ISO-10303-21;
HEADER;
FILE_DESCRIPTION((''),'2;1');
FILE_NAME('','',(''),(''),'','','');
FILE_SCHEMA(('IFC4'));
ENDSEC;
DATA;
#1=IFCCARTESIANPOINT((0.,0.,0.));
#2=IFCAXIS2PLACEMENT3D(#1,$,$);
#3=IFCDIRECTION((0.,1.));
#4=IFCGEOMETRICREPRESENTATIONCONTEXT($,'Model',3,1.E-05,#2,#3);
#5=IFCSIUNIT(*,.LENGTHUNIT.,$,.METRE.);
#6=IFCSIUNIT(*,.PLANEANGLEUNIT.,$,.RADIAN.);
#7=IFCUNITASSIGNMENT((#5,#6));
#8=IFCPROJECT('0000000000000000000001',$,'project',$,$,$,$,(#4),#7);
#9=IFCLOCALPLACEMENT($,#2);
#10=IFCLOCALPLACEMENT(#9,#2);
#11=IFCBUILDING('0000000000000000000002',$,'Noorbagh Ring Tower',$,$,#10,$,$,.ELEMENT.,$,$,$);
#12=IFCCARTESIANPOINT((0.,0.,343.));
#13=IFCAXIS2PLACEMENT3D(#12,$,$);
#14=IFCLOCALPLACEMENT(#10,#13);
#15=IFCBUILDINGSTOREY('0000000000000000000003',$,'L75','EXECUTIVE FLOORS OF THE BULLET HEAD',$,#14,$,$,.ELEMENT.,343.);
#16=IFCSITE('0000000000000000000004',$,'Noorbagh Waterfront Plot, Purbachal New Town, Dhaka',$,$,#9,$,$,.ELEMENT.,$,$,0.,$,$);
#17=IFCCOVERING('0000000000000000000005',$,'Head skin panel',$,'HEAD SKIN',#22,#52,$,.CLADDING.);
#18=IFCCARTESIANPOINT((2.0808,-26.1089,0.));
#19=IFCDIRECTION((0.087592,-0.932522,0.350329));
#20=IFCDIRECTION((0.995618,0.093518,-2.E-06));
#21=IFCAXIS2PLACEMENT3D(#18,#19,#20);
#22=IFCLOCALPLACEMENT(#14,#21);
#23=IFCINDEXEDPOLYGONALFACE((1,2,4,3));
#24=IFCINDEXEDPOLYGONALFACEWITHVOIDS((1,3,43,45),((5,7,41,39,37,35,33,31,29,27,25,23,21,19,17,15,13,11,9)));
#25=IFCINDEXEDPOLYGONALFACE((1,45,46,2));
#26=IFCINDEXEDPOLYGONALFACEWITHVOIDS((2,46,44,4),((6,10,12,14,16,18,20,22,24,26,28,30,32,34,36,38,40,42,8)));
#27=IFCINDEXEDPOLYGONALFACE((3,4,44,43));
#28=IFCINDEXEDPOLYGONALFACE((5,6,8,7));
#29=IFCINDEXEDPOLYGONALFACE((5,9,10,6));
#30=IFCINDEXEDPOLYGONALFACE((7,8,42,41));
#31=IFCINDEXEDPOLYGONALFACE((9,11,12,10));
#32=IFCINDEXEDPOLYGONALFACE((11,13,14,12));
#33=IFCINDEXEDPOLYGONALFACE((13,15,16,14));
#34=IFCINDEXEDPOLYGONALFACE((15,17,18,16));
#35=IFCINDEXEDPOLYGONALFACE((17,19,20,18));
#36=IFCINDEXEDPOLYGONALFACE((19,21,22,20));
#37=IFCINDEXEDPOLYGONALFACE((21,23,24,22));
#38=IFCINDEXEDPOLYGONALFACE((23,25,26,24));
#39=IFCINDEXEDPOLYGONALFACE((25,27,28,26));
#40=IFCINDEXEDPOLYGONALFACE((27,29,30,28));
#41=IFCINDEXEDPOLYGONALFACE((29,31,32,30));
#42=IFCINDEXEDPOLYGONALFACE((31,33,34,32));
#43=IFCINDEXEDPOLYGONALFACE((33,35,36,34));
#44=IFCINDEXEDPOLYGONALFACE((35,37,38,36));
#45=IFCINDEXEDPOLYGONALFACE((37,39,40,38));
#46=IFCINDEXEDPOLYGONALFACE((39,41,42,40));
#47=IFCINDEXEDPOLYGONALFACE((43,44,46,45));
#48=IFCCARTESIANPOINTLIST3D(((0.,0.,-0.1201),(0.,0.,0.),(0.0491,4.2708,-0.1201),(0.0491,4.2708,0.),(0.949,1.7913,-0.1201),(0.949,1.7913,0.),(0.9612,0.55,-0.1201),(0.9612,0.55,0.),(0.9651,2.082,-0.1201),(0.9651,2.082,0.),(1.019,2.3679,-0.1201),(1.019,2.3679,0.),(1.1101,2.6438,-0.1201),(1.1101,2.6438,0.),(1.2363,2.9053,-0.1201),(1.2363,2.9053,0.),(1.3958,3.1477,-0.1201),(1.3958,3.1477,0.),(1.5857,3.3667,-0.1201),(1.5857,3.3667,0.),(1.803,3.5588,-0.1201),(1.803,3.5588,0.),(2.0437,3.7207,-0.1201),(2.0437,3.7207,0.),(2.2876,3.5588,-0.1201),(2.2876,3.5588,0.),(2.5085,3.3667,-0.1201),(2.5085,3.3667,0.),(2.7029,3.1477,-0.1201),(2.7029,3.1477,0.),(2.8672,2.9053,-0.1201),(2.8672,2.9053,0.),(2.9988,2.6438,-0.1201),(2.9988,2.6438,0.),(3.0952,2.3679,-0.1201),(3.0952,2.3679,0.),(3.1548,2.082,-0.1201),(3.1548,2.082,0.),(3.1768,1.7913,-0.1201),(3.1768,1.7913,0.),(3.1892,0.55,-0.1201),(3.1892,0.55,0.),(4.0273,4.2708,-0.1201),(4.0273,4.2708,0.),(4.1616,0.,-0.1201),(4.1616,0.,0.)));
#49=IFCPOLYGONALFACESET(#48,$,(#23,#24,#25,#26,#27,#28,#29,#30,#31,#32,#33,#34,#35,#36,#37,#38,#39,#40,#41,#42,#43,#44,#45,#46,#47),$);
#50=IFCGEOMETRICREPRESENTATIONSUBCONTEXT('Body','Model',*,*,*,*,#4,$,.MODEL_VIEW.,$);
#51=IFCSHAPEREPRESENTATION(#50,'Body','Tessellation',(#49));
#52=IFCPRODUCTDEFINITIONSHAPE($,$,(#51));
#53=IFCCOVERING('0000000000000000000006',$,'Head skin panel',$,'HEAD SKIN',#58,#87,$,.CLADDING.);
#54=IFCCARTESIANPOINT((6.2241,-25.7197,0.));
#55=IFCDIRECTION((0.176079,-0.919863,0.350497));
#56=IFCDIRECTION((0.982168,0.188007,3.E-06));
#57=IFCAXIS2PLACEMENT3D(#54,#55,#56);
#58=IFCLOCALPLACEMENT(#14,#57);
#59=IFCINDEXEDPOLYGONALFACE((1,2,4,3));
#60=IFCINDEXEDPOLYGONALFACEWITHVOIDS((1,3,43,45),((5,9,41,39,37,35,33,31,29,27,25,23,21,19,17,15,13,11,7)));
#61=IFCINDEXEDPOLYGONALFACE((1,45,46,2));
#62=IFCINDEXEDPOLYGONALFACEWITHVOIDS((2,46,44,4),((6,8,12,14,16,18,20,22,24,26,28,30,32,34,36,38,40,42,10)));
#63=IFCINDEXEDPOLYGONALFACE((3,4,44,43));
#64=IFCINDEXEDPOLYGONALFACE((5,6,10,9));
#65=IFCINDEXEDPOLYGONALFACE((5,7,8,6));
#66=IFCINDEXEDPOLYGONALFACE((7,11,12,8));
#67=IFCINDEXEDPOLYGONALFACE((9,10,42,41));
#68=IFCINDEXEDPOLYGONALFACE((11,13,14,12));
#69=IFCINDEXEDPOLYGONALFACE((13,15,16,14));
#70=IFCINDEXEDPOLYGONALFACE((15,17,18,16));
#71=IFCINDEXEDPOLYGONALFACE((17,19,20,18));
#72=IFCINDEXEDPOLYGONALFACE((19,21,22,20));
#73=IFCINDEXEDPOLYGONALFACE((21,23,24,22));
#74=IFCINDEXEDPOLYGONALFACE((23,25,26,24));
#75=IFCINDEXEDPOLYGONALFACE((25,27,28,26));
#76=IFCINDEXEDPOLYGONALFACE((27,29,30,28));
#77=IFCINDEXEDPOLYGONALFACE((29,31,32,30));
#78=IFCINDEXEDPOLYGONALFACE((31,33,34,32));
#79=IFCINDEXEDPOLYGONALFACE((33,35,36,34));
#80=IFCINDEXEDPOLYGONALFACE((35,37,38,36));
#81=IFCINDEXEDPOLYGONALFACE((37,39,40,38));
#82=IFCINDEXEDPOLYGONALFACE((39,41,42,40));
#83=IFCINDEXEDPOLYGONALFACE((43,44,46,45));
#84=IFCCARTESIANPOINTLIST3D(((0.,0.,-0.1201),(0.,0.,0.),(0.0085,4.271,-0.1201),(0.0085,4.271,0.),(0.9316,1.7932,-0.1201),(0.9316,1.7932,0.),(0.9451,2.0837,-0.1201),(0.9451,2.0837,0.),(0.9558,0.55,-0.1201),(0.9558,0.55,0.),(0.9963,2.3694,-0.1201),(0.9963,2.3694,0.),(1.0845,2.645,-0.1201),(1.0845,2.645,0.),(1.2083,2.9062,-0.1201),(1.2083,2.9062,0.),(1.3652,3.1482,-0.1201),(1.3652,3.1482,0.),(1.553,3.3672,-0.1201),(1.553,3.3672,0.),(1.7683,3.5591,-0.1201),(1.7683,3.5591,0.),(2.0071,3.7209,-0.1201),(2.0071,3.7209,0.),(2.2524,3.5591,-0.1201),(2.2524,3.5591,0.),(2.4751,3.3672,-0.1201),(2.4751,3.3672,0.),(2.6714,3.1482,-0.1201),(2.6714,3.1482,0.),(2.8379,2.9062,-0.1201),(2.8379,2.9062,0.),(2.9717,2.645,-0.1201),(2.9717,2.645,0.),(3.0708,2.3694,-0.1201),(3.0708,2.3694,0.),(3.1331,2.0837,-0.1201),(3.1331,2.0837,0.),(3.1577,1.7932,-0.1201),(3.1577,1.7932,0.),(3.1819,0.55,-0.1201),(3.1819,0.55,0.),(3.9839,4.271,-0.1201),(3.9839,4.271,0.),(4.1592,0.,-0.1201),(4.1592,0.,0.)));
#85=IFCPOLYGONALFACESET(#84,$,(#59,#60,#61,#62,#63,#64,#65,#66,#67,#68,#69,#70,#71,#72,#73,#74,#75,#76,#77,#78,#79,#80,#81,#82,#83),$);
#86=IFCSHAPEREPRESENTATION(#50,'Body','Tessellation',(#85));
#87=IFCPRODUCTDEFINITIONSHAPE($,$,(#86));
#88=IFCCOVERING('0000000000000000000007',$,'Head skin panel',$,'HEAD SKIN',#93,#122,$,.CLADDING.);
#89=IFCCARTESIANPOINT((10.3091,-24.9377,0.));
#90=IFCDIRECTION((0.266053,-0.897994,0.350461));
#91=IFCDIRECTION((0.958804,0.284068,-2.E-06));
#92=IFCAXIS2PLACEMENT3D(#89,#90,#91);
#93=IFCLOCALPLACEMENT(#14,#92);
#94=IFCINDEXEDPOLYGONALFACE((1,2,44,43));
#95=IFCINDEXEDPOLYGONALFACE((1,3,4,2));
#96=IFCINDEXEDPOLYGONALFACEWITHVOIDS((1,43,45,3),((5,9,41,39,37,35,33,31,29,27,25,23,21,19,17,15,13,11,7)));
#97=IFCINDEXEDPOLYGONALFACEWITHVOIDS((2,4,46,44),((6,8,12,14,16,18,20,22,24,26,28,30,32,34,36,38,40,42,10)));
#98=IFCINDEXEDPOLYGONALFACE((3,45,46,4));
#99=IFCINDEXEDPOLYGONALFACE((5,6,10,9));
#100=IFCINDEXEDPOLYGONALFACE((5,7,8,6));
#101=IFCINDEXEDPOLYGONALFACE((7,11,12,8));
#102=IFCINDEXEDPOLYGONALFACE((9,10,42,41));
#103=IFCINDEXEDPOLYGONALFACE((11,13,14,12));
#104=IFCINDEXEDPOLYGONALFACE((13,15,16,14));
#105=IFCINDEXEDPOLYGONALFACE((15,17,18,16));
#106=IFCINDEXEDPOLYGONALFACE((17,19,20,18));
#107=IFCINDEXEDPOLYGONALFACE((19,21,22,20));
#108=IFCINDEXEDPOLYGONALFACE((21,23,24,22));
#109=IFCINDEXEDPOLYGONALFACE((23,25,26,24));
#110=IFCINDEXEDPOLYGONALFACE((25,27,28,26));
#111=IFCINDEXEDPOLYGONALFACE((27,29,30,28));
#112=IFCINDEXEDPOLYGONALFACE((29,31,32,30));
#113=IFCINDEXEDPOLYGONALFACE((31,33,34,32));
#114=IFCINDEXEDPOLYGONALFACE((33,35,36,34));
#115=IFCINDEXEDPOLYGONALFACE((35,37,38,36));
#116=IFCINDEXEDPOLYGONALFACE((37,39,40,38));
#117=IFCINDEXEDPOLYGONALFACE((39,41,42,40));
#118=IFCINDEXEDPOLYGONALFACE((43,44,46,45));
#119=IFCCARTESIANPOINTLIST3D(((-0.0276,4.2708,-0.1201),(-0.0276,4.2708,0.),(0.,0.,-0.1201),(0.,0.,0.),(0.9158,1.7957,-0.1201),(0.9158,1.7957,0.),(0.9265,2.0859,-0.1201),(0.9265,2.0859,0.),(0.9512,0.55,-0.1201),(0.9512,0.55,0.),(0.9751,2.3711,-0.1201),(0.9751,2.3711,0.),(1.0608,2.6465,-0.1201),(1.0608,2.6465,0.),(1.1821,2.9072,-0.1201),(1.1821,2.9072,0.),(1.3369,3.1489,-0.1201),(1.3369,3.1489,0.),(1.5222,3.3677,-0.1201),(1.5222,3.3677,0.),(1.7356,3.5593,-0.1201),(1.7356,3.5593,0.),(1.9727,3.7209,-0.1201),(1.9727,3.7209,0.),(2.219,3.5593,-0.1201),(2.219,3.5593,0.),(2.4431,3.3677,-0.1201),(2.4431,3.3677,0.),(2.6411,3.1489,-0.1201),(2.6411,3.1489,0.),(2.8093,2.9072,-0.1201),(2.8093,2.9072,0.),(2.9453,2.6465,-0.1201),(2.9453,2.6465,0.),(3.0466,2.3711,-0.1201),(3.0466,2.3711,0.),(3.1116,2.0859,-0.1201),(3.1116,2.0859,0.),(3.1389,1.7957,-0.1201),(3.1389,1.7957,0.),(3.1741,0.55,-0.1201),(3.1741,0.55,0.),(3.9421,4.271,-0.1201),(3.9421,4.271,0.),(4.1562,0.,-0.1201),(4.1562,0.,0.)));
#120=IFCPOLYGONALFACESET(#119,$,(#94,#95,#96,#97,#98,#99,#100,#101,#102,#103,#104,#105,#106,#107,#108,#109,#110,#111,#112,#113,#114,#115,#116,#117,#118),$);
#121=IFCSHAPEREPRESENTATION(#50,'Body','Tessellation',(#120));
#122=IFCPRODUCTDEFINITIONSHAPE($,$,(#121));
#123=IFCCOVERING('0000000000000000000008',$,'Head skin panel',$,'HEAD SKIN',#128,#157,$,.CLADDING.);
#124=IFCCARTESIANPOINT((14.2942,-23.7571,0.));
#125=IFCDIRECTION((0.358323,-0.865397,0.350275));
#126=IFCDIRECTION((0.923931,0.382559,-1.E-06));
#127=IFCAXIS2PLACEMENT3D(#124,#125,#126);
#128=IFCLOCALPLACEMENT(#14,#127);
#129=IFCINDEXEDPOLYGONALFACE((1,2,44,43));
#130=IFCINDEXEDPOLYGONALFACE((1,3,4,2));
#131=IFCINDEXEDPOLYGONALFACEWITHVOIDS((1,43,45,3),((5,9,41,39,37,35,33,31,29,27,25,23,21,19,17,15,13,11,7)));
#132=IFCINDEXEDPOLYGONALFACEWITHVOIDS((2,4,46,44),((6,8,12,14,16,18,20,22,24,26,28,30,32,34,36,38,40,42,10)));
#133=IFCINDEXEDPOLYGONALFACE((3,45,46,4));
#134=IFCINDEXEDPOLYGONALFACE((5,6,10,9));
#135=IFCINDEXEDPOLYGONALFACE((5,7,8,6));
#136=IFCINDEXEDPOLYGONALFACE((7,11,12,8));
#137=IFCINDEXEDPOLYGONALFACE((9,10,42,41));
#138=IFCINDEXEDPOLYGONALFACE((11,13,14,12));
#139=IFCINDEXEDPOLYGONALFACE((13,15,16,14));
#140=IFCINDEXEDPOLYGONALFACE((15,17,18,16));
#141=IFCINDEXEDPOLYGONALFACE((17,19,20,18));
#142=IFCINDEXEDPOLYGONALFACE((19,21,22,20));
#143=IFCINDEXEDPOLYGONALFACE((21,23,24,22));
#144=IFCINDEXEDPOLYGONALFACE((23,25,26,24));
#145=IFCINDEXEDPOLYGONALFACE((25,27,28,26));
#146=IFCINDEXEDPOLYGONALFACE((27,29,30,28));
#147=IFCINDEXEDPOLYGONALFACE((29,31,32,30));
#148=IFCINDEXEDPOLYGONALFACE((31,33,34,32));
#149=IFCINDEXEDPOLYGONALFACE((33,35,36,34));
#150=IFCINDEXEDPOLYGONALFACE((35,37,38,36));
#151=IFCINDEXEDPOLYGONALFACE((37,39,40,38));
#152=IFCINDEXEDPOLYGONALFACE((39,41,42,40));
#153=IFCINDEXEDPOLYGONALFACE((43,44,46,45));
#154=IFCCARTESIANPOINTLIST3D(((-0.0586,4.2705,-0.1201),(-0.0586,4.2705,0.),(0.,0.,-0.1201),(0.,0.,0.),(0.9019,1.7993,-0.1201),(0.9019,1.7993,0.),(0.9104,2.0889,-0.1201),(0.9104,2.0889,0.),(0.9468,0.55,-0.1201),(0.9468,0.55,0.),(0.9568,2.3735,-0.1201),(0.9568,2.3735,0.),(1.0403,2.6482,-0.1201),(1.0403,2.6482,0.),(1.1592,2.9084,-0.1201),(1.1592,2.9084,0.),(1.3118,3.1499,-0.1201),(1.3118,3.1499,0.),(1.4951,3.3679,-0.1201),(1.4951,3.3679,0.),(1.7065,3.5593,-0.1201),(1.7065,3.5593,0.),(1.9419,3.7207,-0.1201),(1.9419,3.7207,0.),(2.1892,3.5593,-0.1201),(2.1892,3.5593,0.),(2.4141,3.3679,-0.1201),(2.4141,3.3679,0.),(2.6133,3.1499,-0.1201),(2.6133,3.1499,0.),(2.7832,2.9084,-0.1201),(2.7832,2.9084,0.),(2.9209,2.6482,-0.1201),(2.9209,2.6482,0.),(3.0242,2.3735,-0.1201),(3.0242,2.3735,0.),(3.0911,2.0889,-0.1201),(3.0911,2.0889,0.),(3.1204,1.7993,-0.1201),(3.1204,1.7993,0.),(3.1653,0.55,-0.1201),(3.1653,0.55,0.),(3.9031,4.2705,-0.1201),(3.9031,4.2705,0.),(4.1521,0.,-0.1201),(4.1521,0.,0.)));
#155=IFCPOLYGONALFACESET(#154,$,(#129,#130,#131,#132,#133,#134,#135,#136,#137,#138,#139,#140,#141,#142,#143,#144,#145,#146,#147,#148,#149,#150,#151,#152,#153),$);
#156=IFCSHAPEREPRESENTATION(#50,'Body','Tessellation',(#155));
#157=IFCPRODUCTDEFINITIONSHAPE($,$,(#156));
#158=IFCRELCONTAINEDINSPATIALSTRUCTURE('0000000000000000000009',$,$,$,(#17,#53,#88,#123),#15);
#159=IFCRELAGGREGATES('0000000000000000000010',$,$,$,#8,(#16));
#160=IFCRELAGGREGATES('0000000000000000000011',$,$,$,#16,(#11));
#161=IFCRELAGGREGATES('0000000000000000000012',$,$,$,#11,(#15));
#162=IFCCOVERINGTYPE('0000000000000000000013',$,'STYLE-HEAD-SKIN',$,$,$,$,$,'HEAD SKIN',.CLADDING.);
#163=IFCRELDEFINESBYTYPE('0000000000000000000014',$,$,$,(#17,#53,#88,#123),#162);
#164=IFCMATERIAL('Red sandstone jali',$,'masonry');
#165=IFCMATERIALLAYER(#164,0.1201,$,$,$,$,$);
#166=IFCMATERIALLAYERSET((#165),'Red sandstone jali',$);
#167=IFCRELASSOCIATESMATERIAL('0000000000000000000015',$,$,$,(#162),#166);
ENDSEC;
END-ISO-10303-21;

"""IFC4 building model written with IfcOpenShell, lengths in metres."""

from ifc_helpers import new_model, si_unit, direction, frame, origin, place, context, subcontext, project, spatial, polyline, outline, extrude, material, layer, layer_set, type_object, element, save


model = new_model("IFC4")

# Units and contexts
model_context = context("Model", 3, precision=1e-05, world=origin(), true_north=direction((0.0, 1.0)))
body_context = subcontext(model_context, "Body", "Model", "MODEL_VIEW")
ifc_project = project(units=[si_unit("LENGTHUNIT", "METRE"), si_unit("PLANEANGLEUNIT", "RADIAN")], contexts=[model_context])

# Site, building, storey
site_placement = place(None, origin())
site = spatial("IfcSite", under=ifc_project, at=site_placement, Name="Noorbagh Waterfront Plot, Purbachal New Town, Dhaka", CompositionType="ELEMENT", RefElevation=0.0)
building_placement = place(site_placement, origin())
building = spatial("IfcBuilding", under=site, at=building_placement, Name="Noorbagh Ring Tower", CompositionType="ELEMENT")
storey_placement = place(building_placement, frame((0.0, 0.0, 343.0)))
storey = spatial("IfcBuildingStorey", under=building, at=storey_placement, Name="L75", Description="EXECUTIVE FLOORS OF THE BULLET HEAD", CompositionType="ELEMENT", Elevation=343.0)

# Coverings
ifc_material_1 = material(Name="Red sandstone jali", Category="masonry")
ifc_layer_1 = layer(ifc_material_1, 0.1201)
ifc_layer_set_1 = layer_set([ifc_layer_1], Name="Red sandstone jali")
covering_type_1 = type_object("IfcCoveringType", Name="STYLE-HEAD-SKIN", ElementType="HEAD SKIN", PredefinedType="CLADDING", material=ifc_layer_set_1)
covering_1_placement = place(storey_placement, frame((2.0808, -26.1089, 0.0), z_axis=(0.087592, -0.932522, 0.350329), x_axis=(0.995618, 0.093518, -0.000002)))
element("IfcCovering", 1, at=covering_1_placement, inside=storey, type_object=covering_type_1, Name="Head skin panel", ObjectType="HEAD SKIN", PredefinedType="CLADDING", context=body_context, shape_type="SweptSolid", body=[
    extrude(outline(polyline([(0.0, 0.0), (4.1616, 0.0), (4.0273, 4.2708), (0.0491, 4.2708), (0.0, 0.0)]), holes=[polyline([(0.9612, 0.55), (0.949, 1.7913), (0.9651, 2.082), (1.019, 2.3679), (1.1101, 2.6438), (1.2363, 2.9053), (1.3958, 3.1477), (1.5857, 3.3667), (1.803, 3.5588), (2.0437, 3.7207), (2.2876, 3.5588), (2.5085, 3.3667), (2.7029, 3.1477), (2.8672, 2.9053), (2.9988, 2.6438), (3.0952, 2.3679), (3.1548, 2.082), (3.1768, 1.7913), (3.1892, 0.55), (0.9612, 0.55)])]), origin(), (0.0, 0.0, -1.0), 0.1201),
])
covering_2_placement = place(storey_placement, frame((6.2241, -25.7197, 0.0), z_axis=(0.176079, -0.919863, 0.350497), x_axis=(0.982168, 0.188007, 0.000003)))
element("IfcCovering", 2, at=covering_2_placement, inside=storey, type_object=covering_type_1, Name="Head skin panel", ObjectType="HEAD SKIN", PredefinedType="CLADDING", context=body_context, shape_type="SweptSolid", body=[
    extrude(outline(polyline([(0.0, 0.0), (4.1592, 0.0), (3.9839, 4.271), (0.0085, 4.271), (0.0, 0.0)]), holes=[polyline([(0.9558, 0.55), (0.9316, 1.7932), (0.9451, 2.0837), (0.9963, 2.3694), (1.0845, 2.645), (1.2083, 2.9062), (1.3652, 3.1482), (1.553, 3.3672), (1.7683, 3.5591), (2.0071, 3.7209), (2.2524, 3.5591), (2.4751, 3.3672), (2.6714, 3.1482), (2.8379, 2.9062), (2.9717, 2.645), (3.0708, 2.3694), (3.1331, 2.0837), (3.1577, 1.7932), (3.1819, 0.55), (0.9558, 0.55)])]), origin(), (0.0, 0.0, -1.0), 0.1201),
])
covering_3_placement = place(storey_placement, frame((10.3091, -24.9377, 0.0), z_axis=(0.266053, -0.897994, 0.350461), x_axis=(0.958804, 0.284068, -0.000002)))
element("IfcCovering", 3, at=covering_3_placement, inside=storey, type_object=covering_type_1, Name="Head skin panel", ObjectType="HEAD SKIN", PredefinedType="CLADDING", context=body_context, shape_type="SweptSolid", body=[
    extrude(outline(polyline([(0.0, 0.0), (4.1562, 0.0), (3.9421, 4.271), (-0.0276, 4.2708), (0.0, 0.0)]), holes=[polyline([(0.9512, 0.55), (0.9158, 1.7957), (0.9265, 2.0859), (0.9751, 2.3711), (1.0608, 2.6465), (1.1821, 2.9072), (1.3369, 3.1489), (1.5222, 3.3677), (1.7356, 3.5593), (1.9727, 3.7209), (2.219, 3.5593), (2.4431, 3.3677), (2.6411, 3.1489), (2.8093, 2.9072), (2.9453, 2.6465), (3.0466, 2.3711), (3.1116, 2.0859), (3.1389, 1.7957), (3.1741, 0.55), (0.9512, 0.55)])]), origin(), (0.0, 0.0, -1.0), 0.1201),
])
covering_4_placement = place(storey_placement, frame((14.2942, -23.7571, 0.0), z_axis=(0.358323, -0.865397, 0.350275), x_axis=(0.923931, 0.382559, -0.000001)))
element("IfcCovering", 4, at=covering_4_placement, inside=storey, type_object=covering_type_1, Name="Head skin panel", ObjectType="HEAD SKIN", PredefinedType="CLADDING", context=body_context, shape_type="SweptSolid", body=[
    extrude(outline(polyline([(0.0, 0.0), (4.1521, 0.0), (3.9031, 4.2705), (-0.0586, 4.2705), (0.0, 0.0)]), holes=[polyline([(0.9468, 0.55), (0.9019, 1.7993), (0.9104, 2.0889), (0.9568, 2.3735), (1.0403, 2.6482), (1.1592, 2.9084), (1.3118, 3.1499), (1.4951, 3.3679), (1.7065, 3.5593), (1.9419, 3.7207), (2.1892, 3.5593), (2.4141, 3.3679), (2.6133, 3.1499), (2.7832, 2.9084), (2.9209, 2.6482), (3.0242, 2.3735), (3.0911, 2.0889), (3.1204, 1.7993), (3.1653, 0.55), (0.9468, 0.55)])]), origin(), (0.0, 0.0, -1.0), 0.1201),
])

save(model, "model.ifc")
